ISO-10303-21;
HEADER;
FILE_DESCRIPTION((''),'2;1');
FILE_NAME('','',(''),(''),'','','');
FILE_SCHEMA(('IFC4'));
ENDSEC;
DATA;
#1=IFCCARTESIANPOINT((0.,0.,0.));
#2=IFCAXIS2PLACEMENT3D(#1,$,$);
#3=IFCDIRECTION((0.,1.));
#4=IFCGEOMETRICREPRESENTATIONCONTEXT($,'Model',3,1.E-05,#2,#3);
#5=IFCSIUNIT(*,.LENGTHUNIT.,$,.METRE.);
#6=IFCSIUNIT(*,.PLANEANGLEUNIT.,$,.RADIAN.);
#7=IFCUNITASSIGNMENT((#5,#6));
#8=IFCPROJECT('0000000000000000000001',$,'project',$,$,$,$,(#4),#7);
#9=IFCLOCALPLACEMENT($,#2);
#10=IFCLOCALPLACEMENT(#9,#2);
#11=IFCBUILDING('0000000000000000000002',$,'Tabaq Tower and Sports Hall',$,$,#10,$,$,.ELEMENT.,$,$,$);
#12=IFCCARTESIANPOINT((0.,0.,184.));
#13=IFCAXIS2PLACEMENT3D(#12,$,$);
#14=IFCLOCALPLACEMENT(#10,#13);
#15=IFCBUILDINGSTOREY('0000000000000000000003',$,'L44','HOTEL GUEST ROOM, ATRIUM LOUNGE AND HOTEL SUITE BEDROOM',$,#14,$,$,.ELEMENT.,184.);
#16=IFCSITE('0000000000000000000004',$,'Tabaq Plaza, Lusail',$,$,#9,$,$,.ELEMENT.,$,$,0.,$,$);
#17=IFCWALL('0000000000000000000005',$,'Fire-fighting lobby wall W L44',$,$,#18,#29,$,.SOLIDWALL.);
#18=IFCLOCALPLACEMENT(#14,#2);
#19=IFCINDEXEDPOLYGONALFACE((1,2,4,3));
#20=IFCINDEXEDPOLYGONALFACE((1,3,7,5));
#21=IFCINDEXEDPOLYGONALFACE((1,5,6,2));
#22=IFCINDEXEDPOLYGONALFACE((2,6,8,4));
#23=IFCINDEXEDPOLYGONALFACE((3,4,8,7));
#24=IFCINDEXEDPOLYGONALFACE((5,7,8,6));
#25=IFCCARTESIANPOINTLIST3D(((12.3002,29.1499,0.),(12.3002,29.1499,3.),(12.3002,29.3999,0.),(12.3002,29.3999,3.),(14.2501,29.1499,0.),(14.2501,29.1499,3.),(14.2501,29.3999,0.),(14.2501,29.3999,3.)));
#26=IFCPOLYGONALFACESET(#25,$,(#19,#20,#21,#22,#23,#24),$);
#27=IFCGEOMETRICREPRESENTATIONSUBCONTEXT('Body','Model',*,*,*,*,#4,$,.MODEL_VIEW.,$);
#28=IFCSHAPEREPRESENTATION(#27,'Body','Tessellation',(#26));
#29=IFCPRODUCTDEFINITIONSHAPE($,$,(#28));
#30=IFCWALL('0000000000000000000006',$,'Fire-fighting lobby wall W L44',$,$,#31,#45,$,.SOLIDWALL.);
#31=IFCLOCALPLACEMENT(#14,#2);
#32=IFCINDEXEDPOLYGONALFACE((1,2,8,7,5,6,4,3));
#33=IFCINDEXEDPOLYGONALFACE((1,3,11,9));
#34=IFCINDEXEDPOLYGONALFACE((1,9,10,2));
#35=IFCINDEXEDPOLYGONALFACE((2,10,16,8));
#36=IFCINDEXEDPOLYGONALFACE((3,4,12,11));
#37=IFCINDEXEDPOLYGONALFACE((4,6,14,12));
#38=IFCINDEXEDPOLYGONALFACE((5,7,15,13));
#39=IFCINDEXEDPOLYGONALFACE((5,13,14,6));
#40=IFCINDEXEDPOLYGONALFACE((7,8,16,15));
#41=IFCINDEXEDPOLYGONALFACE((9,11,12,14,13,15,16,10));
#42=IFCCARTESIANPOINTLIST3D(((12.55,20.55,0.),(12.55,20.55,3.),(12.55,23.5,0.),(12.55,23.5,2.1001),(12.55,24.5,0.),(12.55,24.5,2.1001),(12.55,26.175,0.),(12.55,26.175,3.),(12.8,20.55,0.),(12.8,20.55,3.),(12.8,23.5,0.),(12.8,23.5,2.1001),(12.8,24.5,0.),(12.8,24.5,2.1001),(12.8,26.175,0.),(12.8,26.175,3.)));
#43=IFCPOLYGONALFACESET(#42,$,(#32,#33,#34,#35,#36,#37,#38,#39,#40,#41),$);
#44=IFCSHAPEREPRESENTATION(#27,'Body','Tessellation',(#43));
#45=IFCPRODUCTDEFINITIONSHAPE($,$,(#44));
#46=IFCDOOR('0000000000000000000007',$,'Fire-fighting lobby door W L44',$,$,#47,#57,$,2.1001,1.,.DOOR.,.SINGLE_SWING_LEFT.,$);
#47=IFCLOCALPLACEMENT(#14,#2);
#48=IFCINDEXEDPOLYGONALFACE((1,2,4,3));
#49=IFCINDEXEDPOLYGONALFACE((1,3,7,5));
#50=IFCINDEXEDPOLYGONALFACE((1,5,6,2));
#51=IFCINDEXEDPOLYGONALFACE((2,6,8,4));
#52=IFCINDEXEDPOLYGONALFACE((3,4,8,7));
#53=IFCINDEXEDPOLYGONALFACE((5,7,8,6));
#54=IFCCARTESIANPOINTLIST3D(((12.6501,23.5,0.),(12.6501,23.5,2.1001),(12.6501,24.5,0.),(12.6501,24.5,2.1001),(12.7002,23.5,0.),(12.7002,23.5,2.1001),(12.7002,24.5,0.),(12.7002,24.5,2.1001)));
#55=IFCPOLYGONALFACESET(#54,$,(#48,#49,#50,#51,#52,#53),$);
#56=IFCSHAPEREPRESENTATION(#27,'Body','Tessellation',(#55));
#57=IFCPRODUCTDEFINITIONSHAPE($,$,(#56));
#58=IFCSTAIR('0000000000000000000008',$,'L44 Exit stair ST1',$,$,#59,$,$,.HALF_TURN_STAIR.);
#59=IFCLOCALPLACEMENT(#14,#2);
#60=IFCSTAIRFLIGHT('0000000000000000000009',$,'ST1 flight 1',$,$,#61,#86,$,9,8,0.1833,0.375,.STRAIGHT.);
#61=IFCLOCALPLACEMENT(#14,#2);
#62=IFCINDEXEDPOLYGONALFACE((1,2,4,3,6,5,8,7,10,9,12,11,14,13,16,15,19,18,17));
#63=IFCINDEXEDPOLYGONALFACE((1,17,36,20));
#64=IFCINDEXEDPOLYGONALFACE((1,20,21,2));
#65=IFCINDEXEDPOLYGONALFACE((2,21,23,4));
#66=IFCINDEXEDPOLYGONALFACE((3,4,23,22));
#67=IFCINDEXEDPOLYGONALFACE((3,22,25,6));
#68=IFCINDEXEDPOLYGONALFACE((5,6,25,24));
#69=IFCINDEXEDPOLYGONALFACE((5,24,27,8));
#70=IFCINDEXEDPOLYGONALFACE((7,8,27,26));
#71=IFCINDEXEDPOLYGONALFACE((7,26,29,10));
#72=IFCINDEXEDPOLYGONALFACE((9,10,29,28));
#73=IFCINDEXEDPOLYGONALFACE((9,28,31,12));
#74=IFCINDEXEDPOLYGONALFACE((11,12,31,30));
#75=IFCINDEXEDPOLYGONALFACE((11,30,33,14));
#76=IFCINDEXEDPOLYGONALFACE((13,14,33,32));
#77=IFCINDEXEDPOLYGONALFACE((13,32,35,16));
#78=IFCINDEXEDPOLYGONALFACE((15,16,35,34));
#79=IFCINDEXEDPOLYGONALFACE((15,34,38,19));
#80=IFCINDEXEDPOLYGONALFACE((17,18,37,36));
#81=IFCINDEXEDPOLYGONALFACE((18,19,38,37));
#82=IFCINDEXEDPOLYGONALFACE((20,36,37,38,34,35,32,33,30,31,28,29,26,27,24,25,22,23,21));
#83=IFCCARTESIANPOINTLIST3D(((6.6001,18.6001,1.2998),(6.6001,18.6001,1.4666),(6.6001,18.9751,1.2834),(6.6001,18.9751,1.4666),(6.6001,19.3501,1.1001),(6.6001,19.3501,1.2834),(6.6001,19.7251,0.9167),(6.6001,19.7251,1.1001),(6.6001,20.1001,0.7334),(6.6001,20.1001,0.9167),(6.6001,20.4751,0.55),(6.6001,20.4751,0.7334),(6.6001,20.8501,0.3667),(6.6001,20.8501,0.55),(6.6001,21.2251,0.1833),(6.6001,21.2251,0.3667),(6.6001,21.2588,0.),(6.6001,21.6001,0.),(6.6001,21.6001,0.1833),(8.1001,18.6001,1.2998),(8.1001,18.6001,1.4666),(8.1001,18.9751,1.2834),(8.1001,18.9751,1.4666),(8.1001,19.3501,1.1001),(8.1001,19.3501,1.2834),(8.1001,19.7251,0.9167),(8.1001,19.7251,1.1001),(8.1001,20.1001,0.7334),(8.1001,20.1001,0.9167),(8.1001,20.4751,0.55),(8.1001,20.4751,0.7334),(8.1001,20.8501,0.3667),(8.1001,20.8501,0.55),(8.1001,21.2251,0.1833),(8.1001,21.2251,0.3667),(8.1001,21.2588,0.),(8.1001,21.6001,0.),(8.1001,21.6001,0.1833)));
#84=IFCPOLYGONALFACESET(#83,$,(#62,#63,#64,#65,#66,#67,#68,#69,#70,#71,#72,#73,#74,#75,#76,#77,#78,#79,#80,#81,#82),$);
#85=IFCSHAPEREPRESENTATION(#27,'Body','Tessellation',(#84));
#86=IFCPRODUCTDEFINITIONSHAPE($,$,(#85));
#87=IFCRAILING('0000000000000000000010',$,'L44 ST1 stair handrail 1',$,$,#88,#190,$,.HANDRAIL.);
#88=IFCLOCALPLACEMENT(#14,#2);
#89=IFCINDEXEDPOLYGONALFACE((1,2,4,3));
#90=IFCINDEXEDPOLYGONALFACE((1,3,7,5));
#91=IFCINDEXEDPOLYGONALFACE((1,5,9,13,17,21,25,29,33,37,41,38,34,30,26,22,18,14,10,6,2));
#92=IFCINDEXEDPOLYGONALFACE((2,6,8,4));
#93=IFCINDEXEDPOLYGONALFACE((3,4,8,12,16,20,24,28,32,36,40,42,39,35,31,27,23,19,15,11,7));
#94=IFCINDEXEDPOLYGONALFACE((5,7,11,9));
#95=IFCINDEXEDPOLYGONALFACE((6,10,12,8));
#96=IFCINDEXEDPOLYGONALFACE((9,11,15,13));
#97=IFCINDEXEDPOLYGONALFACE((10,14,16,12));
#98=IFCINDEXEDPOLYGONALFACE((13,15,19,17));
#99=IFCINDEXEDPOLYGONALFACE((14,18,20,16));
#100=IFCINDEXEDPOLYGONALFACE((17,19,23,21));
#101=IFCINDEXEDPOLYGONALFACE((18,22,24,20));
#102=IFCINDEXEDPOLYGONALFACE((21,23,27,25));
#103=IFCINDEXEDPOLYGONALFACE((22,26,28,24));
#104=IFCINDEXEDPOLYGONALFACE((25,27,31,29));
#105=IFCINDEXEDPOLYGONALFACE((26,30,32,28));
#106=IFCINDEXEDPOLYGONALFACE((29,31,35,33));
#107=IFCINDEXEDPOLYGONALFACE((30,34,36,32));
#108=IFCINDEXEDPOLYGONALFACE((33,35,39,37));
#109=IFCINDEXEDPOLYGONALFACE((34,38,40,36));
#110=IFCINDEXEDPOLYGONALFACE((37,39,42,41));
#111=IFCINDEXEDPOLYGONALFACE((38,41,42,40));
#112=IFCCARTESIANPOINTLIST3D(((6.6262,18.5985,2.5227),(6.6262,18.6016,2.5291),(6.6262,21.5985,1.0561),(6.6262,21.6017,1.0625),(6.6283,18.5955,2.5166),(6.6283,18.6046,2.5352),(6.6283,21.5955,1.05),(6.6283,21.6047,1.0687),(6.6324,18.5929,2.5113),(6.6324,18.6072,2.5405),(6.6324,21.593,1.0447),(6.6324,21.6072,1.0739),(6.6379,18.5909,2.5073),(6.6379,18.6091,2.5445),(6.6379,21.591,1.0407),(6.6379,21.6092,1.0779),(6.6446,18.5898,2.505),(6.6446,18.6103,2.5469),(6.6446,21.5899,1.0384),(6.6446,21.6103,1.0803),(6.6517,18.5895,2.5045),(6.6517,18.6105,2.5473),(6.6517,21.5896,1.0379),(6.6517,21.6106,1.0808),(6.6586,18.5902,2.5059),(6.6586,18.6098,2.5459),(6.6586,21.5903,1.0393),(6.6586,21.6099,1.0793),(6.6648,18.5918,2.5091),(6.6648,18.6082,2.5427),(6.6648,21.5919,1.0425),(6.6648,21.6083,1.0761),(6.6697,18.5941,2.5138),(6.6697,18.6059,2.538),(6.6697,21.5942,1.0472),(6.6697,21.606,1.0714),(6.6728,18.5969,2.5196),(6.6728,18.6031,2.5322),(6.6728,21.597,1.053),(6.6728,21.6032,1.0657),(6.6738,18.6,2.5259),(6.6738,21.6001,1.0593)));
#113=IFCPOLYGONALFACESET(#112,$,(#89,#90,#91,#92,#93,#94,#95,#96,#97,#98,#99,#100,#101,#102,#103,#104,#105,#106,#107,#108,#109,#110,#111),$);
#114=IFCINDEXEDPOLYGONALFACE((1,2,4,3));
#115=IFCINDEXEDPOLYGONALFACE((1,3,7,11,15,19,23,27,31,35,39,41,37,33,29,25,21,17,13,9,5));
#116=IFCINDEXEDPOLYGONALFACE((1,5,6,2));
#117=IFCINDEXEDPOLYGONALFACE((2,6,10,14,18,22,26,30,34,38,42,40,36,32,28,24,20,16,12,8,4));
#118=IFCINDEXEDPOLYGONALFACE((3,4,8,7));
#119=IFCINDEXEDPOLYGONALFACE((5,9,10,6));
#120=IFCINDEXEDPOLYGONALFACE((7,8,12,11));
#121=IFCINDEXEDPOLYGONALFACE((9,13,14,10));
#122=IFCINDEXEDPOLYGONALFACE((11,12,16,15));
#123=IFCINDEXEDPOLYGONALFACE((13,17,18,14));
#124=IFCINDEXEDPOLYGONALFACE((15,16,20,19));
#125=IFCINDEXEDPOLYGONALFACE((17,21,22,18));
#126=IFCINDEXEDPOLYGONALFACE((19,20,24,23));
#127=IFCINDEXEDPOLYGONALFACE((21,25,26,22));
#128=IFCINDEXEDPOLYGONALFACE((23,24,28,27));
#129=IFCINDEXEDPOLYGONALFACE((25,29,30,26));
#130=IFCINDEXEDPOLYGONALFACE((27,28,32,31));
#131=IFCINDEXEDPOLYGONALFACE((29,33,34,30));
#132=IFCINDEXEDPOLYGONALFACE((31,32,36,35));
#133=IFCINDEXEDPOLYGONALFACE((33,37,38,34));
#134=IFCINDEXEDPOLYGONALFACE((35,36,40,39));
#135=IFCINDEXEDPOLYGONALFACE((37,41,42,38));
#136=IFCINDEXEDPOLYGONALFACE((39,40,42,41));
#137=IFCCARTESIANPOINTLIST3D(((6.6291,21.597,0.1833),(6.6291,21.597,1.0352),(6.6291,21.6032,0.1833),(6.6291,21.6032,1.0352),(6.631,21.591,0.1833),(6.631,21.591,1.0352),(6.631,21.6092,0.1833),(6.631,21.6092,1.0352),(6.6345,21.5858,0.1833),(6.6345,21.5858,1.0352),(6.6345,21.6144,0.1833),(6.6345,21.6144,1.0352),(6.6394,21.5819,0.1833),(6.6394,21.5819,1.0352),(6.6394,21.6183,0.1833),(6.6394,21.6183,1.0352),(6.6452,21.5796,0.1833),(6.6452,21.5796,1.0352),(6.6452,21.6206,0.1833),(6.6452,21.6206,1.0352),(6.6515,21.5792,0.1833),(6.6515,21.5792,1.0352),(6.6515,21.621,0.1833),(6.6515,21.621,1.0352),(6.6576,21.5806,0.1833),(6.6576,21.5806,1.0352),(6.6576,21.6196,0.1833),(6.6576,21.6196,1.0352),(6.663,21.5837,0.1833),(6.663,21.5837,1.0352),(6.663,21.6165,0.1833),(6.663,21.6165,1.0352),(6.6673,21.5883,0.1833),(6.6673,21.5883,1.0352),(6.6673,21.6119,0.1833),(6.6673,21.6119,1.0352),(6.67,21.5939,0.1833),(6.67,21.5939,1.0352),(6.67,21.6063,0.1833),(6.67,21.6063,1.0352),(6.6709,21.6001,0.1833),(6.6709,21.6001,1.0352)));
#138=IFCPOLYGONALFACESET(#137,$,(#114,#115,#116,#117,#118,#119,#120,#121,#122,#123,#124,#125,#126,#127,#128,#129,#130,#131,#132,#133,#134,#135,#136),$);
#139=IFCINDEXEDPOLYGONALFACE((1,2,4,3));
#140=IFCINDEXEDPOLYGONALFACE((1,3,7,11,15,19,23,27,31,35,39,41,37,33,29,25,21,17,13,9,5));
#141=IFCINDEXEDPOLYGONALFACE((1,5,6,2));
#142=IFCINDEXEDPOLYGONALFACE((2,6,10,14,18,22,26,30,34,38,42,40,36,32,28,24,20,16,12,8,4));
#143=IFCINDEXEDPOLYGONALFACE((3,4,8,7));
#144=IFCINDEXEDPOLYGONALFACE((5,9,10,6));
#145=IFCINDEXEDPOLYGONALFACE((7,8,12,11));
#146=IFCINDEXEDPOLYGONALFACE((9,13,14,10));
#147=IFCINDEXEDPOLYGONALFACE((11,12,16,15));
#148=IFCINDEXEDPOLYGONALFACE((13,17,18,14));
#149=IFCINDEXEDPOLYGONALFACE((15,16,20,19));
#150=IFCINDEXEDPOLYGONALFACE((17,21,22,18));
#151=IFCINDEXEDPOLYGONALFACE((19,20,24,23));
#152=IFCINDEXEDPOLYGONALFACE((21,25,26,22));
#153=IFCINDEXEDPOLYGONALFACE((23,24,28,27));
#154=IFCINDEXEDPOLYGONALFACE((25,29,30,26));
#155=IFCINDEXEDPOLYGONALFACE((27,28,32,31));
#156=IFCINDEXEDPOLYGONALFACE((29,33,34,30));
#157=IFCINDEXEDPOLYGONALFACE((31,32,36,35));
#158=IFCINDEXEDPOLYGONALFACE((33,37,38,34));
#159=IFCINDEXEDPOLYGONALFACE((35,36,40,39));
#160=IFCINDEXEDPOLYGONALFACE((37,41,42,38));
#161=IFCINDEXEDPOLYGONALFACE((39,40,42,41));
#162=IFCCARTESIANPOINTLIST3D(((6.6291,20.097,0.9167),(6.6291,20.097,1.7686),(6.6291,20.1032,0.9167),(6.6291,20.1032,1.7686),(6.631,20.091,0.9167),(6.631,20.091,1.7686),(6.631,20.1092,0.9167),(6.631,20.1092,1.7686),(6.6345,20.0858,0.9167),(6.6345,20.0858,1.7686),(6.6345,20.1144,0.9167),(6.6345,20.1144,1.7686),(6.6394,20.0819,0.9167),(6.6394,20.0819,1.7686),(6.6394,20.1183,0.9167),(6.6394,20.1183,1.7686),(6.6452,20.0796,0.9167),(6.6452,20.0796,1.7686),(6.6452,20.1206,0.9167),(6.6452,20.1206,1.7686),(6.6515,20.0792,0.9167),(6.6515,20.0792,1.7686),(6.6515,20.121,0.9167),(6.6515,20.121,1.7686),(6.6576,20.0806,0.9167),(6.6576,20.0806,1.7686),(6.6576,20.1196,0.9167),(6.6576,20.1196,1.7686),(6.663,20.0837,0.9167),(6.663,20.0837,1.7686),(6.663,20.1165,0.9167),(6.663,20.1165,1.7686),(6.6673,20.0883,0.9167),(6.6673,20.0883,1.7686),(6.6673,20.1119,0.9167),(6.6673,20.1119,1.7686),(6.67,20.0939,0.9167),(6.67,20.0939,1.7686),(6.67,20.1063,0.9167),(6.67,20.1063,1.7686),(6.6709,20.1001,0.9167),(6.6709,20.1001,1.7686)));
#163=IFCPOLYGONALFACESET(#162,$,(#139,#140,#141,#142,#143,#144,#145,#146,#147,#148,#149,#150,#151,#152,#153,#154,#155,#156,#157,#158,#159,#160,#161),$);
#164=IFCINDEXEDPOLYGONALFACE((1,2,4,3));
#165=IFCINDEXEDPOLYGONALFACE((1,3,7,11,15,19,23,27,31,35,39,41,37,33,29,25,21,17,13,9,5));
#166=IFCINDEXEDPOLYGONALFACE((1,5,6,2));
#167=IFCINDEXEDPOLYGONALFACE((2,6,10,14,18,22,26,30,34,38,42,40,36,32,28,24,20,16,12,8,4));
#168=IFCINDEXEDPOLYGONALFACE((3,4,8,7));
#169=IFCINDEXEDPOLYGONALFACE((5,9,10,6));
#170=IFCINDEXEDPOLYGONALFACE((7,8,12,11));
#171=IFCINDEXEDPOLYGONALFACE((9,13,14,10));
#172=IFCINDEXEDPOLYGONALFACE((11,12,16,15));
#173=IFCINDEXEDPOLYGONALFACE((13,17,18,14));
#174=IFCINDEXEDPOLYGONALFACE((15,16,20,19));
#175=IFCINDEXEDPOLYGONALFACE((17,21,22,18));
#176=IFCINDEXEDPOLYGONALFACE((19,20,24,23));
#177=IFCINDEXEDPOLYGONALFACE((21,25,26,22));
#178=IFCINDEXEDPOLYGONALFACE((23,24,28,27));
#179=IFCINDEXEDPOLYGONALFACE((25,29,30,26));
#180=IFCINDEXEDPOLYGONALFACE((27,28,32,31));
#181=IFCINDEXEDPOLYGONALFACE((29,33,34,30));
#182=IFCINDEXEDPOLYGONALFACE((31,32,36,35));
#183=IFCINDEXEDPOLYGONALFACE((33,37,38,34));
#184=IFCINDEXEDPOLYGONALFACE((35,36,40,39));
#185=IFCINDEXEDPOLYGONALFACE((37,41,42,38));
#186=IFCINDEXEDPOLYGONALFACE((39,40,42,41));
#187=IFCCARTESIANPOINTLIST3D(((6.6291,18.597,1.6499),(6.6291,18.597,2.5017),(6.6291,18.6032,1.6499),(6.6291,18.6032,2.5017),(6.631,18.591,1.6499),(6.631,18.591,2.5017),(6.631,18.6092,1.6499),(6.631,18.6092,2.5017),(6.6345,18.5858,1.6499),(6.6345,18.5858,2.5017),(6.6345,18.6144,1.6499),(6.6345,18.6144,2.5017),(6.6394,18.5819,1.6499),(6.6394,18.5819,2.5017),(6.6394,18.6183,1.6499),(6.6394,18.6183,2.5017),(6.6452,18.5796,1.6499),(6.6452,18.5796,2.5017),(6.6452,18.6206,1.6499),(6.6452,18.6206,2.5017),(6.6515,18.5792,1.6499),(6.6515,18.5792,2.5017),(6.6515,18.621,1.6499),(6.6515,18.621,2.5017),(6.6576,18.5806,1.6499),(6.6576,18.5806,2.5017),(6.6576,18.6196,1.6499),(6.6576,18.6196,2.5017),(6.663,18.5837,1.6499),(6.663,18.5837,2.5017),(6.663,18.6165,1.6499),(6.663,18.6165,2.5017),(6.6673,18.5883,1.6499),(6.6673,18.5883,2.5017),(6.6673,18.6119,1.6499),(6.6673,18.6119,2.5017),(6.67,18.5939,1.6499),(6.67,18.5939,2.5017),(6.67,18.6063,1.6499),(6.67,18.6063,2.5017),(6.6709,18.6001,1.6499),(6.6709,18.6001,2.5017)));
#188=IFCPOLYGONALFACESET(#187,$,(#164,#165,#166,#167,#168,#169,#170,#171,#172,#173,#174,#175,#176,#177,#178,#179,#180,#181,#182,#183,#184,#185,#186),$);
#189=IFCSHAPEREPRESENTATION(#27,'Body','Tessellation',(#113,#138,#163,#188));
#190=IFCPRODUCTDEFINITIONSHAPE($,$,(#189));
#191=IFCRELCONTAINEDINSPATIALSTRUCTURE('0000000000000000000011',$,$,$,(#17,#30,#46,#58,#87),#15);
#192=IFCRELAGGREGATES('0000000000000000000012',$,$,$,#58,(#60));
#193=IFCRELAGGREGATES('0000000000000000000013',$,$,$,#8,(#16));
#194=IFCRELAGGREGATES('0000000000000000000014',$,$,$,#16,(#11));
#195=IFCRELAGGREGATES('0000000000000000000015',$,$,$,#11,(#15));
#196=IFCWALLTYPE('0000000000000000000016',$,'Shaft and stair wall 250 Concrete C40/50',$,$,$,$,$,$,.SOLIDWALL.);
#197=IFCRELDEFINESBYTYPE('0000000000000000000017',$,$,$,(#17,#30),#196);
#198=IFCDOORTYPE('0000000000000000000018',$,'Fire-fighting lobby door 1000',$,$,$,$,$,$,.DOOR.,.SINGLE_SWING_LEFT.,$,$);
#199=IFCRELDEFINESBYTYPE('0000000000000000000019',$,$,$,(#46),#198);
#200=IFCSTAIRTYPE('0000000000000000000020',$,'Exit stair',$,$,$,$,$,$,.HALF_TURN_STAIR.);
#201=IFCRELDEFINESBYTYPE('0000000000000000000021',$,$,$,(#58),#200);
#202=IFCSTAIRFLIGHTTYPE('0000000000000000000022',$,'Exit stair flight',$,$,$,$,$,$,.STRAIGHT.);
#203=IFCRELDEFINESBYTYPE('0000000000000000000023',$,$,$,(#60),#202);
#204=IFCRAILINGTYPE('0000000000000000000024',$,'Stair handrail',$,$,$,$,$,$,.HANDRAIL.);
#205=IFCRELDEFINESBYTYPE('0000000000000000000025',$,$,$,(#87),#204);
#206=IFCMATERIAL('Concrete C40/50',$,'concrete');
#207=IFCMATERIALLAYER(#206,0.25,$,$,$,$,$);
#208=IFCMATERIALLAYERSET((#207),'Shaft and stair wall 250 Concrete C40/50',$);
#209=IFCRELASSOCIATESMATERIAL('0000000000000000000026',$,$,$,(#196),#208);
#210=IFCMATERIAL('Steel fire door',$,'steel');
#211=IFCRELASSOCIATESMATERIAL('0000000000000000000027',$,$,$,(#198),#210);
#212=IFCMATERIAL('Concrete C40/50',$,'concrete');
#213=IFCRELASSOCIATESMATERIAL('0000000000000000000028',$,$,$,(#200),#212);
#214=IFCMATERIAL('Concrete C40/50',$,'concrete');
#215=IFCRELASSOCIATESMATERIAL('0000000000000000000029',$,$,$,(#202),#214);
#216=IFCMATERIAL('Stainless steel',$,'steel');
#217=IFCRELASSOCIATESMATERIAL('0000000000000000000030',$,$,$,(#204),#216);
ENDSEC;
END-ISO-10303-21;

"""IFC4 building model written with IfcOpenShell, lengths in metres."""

from ifc_helpers import new_model, si_unit, direction, frame, frame_2d, origin, origin_2d, place, context, subcontext, project, spatial, polyline, rectangle, circle, outline, extrude, material, layer, layer_set, type_object, element, fill, aggregate, save


model = new_model("IFC4")

# Units and contexts
model_context = context("Model", 3, precision=1e-05, world=origin(), true_north=direction((0.0, 1.0)))
body_context = subcontext(model_context, "Body", "Model", "MODEL_VIEW")
ifc_project = project(units=[si_unit("LENGTHUNIT", "METRE"), si_unit("PLANEANGLEUNIT", "RADIAN")], contexts=[model_context])

# Site, building, storey
site_placement = place(None, origin())
site = spatial("IfcSite", under=ifc_project, at=site_placement, Name="Tabaq Plaza, Lusail", CompositionType="ELEMENT", RefElevation=0.0)
building_placement = place(site_placement, origin())
building = spatial("IfcBuilding", under=site, at=building_placement, Name="Tabaq Tower and Sports Hall", CompositionType="ELEMENT")
storey_placement = place(building_placement, frame((0.0, 0.0, 184.0)))
storey = spatial("IfcBuildingStorey", under=building, at=storey_placement, Name="L44", Description="HOTEL GUEST ROOM, ATRIUM LOUNGE AND HOTEL SUITE BEDROOM", CompositionType="ELEMENT", Elevation=184.0)

# Shared definitions
ifc_material_1 = material(Name="Concrete C40/50", Category="concrete")
ifc_layer_1 = layer(ifc_material_1, 0.25)
ifc_layer_set_1 = layer_set([ifc_layer_1], Name="Shaft and stair wall 250 Concrete C40/50")
wall_type_1 = type_object("IfcWallType", Name="Shaft and stair wall 250 Concrete C40/50", PredefinedType="SOLIDWALL", material=ifc_layer_set_1)

# Shared definitions
ifc_material_2 = material(Name="Steel fire door", Category="steel")
door_type_1 = type_object("IfcDoorType", Name="Fire-fighting lobby door 1000", OperationType="SINGLE_SWING_LEFT", PredefinedType="DOOR", material=ifc_material_2)

# Wall
wall_1_placement = place(storey_placement, frame((12.3, 29.2749, 0.0), z_axis=(0.0, 0.0, 1.0), x_axis=(1.0, 0.0, 0.0)))
element("IfcWall", 1, at=wall_1_placement, inside=storey, type_object=wall_type_1, Name="Fire-fighting lobby wall W L44", PredefinedType="SOLIDWALL", context=body_context, shape_type="SweptSolid", body=[
    extrude(rectangle(XDim=1.95, YDim=0.25, at=frame_2d((0.9751, 0.0))), origin(), (0.0, 0.0, 1.0), 3.0),
])

# Wall, opening, door
wall_2_placement = place(storey_placement, frame((12.675, 20.55, 0.0), z_axis=(0.0, 0.0, 1.0), x_axis=(0.0, 1.0, 0.0)))
wall_2 = element("IfcWall", 2, at=wall_2_placement, inside=storey, type_object=wall_type_1, Name="Fire-fighting lobby wall W L44", PredefinedType="SOLIDWALL", context=body_context, shape_type="SweptSolid", body=[
    extrude(rectangle(XDim=5.625, YDim=0.25, at=frame_2d((2.8125, 0.0))), origin(), (0.0, 0.0, 1.0), 3.0),
])
opening_1_placement = place(wall_2_placement, frame((2.95, 0.0, 0.0)))
opening_1 = element("IfcOpeningElement", 3, at=opening_1_placement, cuts=wall_2, PredefinedType="OPENING", context=body_context, shape_type="SweptSolid", body=[
    extrude(rectangle(XDim=1.0, YDim=2.1001, at=frame_2d((0.5, 1.05))), frame((0.0, 0.125, 0.0), z_axis=(0.0, -1.0, 0.0), x_axis=(1.0, 0.0, 0.0)), (0.0, 0.0, 1.0), 0.25),
])
door_1_placement = place(opening_1_placement, origin())
door_1 = element("IfcDoor", 4, at=door_1_placement, inside=storey, type_object=door_type_1, Name="Fire-fighting lobby door W L44", OperationType="SINGLE_SWING_LEFT", OverallHeight=2.1001, OverallWidth=1.0, PredefinedType="DOOR", context=body_context, shape_type="SweptSolid", body=[
    extrude(rectangle(XDim=1.0, YDim=2.1001, at=frame_2d((0.5, 1.05))), frame((0.0, 0.0249, 0.0), z_axis=(0.0, -1.0, 0.0), x_axis=(1.0, 0.0, 0.0)), (0.0, 0.0, 1.0), 0.05),
])
fill(opening_1, door_1)

# Stair, stair flight
ifc_material_3 = material(Name="Concrete C40/50", Category="concrete")
stair_type = type_object("IfcStairType", Name="Exit stair", PredefinedType="HALF_TURN_STAIR", material=ifc_material_3)
stair_placement = place(storey_placement, origin())
stair = element("IfcStair", 5, at=stair_placement, inside=storey, type_object=stair_type, Name="L44 Exit stair ST1", PredefinedType="HALF_TURN_STAIR")
ifc_material_4 = material(Name="Concrete C40/50", Category="concrete")
stair_flight_type = type_object("IfcStairFlightType", Name="Exit stair flight", PredefinedType="STRAIGHT", material=ifc_material_4)
stair_flight_placement = place(storey_placement, frame((7.3501, 21.6001, 0.0), z_axis=(0.0, 0.0, 1.0), x_axis=(0.0, -1.0, 0.0)))
stair_flight = element("IfcStairFlight", 6, at=stair_flight_placement, type_object=stair_flight_type, Name="ST1 flight 1", NumberOfRisers=9, NumberOfTreads=8, PredefinedType="STRAIGHT", RiserHeight=0.1833, TreadLength=0.375, context=body_context, shape_type="SweptSolid", body=[
    extrude(outline(polyline([(0.0, 0.0), (0.0, 0.1833), (0.375, 0.1833), (0.375, 0.3667), (0.75, 0.3667), (0.75, 0.55), (1.125, 0.55), (1.125, 0.7334), (1.5, 0.7334), (1.5, 0.9167), (1.875, 0.9167), (1.875, 1.1001), (2.25, 1.1001), (2.25, 1.2834), (2.625, 1.2834), (2.625, 1.4666), (3.0, 1.4666), (3.0, 1.6499), (3.0, 1.2998), (0.3413, 0.0), (0.0, 0.0)])), frame((0.0, 0.75, 0.0), z_axis=(0.0, -1.0, 0.0), x_axis=(1.0, 0.0, 0.0)), (0.0, 0.0, 1.0), 1.5),
])
aggregate(stair, [stair_flight])

# Railing
ifc_material_5 = material(Name="Stainless steel", Category="steel")
railing_type_1 = type_object("IfcRailingType", Name="Stair handrail", PredefinedType="HANDRAIL", material=ifc_material_5)
railing_1_placement = place(storey_placement, frame((6.6499, 21.6001, 0.1833)))
element("IfcRailing", 7, at=railing_1_placement, inside=storey, type_object=railing_type_1, Name="L44 ST1 stair handrail 1", PredefinedType="HANDRAIL", context=body_context, shape_type="SweptSolid", body=[
    extrude(circle(Radius=0.0239, at=origin_2d()), frame((0.0, 0.0, 0.876), z_axis=(0.0, -0.898398, 0.439183), x_axis=(1.0, 0.0, 0.0)), (0.0, 0.0, 1.0), 3.3394),
    extrude(circle(Radius=0.021, at=origin_2d()), origin(), (0.0, 0.0, 1.0), 0.8518),
    extrude(circle(Radius=0.021, at=origin_2d()), frame((0.0, -1.5, 0.7334)), (0.0, 0.0, 1.0), 0.8518),
    extrude(circle(Radius=0.021, at=origin_2d()), frame((0.0, -3.0, 1.4666)), (0.0, 0.0, 1.0), 0.8518),
])

save(model, "model.ifc")
